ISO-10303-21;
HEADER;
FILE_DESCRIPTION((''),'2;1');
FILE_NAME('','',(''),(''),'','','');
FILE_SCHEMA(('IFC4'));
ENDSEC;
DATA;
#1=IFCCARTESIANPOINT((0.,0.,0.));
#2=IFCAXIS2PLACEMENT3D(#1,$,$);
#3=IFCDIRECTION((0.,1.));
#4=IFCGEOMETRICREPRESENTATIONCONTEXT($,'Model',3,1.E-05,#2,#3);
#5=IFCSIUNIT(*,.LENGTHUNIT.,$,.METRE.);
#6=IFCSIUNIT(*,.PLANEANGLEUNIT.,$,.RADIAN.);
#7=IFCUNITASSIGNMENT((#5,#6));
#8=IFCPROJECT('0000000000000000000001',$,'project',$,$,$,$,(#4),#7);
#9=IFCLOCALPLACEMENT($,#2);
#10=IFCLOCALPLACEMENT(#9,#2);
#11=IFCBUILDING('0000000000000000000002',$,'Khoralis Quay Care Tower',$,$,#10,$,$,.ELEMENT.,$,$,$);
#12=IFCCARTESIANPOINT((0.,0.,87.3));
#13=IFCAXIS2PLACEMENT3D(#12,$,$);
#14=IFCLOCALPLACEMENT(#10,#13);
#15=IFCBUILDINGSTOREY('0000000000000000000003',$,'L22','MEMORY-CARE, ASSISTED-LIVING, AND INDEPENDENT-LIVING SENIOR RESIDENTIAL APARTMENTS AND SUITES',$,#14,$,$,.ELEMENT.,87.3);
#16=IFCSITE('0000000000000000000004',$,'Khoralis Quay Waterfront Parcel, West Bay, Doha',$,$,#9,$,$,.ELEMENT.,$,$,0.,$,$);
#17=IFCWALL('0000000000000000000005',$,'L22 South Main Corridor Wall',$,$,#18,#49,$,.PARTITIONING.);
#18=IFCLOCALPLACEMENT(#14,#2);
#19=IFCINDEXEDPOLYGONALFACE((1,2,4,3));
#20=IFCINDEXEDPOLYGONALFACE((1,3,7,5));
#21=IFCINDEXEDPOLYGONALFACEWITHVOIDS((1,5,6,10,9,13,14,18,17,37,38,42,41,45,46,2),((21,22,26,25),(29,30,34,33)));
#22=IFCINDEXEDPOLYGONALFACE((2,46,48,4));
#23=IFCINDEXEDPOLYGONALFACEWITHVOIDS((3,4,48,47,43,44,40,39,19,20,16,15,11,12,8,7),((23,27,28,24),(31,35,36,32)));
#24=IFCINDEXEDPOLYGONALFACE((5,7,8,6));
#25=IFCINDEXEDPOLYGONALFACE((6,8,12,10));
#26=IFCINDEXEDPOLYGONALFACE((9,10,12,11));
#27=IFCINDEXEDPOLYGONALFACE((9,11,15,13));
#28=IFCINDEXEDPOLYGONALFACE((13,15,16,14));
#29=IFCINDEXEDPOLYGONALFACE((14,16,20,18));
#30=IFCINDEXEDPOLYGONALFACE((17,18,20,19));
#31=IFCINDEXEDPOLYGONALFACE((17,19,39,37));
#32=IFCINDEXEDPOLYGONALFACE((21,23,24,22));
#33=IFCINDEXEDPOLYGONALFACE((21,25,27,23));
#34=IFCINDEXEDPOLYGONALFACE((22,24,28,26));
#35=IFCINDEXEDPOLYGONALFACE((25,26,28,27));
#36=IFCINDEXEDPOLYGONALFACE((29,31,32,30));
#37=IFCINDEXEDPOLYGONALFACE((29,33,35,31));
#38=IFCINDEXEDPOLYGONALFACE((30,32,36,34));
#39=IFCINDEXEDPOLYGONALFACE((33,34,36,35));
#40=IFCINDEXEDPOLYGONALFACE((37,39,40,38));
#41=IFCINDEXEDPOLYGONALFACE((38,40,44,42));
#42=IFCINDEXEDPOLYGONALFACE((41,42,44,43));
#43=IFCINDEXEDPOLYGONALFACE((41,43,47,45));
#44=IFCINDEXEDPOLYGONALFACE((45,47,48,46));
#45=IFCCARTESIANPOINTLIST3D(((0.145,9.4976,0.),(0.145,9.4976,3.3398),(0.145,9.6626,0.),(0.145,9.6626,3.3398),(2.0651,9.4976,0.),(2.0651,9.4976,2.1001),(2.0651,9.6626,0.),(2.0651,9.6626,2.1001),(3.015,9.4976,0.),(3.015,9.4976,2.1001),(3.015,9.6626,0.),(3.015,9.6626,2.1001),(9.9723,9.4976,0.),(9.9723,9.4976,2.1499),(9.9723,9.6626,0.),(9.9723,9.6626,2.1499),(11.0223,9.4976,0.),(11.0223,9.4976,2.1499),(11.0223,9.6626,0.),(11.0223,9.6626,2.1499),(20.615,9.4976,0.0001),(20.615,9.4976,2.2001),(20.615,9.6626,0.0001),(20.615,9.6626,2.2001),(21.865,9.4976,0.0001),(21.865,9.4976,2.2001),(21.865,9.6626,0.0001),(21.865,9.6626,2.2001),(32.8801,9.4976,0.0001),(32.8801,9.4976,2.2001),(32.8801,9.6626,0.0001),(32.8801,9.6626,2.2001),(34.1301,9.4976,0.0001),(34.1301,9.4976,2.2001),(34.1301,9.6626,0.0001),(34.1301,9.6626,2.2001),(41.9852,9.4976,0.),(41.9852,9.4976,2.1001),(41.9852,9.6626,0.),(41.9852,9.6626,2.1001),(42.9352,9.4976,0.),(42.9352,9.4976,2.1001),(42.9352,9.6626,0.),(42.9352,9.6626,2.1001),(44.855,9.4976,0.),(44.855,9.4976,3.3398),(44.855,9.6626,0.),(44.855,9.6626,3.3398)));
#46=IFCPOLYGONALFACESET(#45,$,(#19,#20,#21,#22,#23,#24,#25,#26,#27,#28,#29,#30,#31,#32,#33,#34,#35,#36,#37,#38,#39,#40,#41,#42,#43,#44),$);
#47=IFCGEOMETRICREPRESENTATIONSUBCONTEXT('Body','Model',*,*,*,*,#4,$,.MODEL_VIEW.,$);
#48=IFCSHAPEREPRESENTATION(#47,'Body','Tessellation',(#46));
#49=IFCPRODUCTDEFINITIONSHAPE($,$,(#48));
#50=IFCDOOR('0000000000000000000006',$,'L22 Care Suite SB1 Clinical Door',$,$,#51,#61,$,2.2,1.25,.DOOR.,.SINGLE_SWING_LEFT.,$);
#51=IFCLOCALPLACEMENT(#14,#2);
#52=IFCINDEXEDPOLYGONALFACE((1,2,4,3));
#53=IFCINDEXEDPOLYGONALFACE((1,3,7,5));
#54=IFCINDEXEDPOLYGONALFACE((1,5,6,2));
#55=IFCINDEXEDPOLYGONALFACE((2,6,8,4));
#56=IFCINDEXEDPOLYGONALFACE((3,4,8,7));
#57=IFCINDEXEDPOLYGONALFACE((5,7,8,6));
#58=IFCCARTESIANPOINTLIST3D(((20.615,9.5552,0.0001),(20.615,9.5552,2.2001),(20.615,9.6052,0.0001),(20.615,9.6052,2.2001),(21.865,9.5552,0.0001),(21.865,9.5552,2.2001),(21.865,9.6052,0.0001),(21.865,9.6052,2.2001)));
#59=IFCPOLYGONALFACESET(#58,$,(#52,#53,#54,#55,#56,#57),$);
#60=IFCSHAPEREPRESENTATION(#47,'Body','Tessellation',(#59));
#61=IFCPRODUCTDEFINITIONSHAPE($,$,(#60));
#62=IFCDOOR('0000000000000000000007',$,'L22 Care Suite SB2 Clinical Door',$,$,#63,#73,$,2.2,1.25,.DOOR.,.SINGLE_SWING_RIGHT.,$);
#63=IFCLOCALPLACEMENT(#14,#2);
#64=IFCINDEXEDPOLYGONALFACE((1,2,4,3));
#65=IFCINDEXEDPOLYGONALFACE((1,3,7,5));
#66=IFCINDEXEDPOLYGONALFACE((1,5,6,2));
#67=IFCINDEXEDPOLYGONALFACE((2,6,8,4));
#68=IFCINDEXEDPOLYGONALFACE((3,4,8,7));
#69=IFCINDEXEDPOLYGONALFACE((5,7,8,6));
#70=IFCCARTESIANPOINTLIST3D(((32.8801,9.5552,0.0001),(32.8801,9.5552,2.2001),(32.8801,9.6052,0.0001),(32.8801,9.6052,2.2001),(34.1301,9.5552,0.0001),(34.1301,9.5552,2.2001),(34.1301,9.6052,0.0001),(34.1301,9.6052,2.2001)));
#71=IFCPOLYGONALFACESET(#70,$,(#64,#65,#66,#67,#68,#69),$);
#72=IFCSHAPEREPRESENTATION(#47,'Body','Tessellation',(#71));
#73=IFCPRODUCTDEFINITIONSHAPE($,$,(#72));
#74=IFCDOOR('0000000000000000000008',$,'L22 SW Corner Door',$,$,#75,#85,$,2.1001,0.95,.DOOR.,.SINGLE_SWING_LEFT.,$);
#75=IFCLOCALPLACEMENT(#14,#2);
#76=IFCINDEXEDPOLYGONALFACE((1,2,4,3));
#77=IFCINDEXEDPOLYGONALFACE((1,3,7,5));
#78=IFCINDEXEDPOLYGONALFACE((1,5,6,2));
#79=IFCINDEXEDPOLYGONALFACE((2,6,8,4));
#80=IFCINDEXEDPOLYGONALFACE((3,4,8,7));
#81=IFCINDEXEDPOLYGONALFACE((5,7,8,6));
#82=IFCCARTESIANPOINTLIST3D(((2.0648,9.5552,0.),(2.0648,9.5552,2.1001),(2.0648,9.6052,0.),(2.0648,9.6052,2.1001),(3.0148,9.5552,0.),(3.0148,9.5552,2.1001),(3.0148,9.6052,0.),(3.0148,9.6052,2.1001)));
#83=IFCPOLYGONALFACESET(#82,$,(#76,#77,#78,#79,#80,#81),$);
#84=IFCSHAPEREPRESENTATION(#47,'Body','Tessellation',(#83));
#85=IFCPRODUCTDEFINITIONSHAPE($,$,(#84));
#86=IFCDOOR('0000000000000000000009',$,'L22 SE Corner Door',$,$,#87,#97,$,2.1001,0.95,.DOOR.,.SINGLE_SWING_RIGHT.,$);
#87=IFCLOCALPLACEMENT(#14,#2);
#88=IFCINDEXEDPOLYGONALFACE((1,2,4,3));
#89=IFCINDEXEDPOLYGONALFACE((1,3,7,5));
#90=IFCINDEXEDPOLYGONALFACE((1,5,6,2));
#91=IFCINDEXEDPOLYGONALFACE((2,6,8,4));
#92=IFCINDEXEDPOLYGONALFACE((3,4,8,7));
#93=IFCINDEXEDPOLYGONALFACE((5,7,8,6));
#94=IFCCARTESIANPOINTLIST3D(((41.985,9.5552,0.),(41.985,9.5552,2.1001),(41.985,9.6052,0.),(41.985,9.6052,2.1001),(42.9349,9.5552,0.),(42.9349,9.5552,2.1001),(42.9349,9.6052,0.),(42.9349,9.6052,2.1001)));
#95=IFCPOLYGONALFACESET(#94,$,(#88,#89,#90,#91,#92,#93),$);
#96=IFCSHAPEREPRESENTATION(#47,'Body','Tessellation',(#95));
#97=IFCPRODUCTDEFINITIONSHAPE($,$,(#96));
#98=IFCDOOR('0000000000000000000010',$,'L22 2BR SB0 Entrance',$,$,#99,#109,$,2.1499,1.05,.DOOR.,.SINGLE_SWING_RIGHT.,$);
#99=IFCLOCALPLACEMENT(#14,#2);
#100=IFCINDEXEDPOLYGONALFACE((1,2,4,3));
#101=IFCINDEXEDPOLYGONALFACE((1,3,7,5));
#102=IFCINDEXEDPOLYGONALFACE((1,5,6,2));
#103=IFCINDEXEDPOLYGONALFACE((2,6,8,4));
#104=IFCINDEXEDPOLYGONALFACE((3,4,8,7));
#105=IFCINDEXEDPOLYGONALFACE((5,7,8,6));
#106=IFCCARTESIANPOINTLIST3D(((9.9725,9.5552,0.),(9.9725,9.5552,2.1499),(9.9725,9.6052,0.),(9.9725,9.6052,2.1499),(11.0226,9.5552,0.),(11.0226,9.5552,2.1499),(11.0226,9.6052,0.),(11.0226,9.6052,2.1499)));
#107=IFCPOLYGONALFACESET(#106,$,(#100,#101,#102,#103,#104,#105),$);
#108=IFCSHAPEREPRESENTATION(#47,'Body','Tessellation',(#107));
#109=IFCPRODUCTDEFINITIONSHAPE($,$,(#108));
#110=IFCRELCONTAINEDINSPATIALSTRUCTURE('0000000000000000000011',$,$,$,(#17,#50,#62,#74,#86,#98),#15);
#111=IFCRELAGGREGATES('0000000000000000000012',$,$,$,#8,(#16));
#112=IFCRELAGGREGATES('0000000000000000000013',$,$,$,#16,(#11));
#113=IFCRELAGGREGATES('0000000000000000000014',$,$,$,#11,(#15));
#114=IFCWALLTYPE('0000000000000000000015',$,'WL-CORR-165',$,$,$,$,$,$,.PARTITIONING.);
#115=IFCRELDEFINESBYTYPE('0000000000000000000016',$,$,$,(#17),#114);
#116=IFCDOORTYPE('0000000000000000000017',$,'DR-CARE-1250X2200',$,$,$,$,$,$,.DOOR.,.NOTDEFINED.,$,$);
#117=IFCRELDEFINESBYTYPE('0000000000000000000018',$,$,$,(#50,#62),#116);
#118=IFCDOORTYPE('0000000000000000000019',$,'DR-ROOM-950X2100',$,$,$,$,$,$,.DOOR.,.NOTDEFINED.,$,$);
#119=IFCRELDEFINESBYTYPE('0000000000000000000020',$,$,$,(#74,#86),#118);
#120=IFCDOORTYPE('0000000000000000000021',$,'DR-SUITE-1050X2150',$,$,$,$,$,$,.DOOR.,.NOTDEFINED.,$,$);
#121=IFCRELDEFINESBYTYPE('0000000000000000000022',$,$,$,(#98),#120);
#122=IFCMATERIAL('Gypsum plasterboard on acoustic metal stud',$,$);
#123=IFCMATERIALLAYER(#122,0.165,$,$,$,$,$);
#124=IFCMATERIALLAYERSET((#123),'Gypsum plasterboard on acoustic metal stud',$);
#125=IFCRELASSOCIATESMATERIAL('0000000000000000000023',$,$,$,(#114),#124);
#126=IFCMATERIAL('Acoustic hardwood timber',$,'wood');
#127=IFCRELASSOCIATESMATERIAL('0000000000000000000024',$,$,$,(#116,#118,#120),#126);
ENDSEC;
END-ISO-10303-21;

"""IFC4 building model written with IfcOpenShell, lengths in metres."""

from ifc_helpers import new_model, si_unit, direction, frame, frame_2d, origin, place, context, subcontext, project, spatial, rectangle, extrude, source, transform, mapped, material, layer, layer_set, type_object, element, fill, save


model = new_model("IFC4")

# Units and contexts
model_context = context("Model", 3, precision=1e-05, world=origin(), true_north=direction((0.0, 1.0)))
body_context = subcontext(model_context, "Body", "Model", "MODEL_VIEW")
ifc_project = project(units=[si_unit("LENGTHUNIT", "METRE"), si_unit("PLANEANGLEUNIT", "RADIAN")], contexts=[model_context])

# Site, building, storey
site_placement = place(None, origin())
site = spatial("IfcSite", under=ifc_project, at=site_placement, Name="Khoralis Quay Waterfront Parcel, West Bay, Doha", CompositionType="ELEMENT", RefElevation=0.0)
building_placement = place(site_placement, origin())
building = spatial("IfcBuilding", under=site, at=building_placement, Name="Khoralis Quay Care Tower", CompositionType="ELEMENT")
storey_placement = place(building_placement, frame((0.0, 0.0, 87.3)))
storey = spatial("IfcBuildingStorey", under=building, at=storey_placement, Name="L22", Description="MEMORY-CARE, ASSISTED-LIVING, AND INDEPENDENT-LIVING SENIOR RESIDENTIAL APARTMENTS AND SUITES", CompositionType="ELEMENT", Elevation=87.3)

# Wall, openings, doors
ifc_material_1 = material(Name="Gypsum plasterboard on acoustic metal stud")
ifc_layer_1 = layer(ifc_material_1, 0.165)
ifc_layer_set_1 = layer_set([ifc_layer_1], Name="Gypsum plasterboard on acoustic metal stud")
wall_type_1 = type_object("IfcWallType", Name="WL-CORR-165", PredefinedType="PARTITIONING", material=ifc_layer_set_1)
wall_1_placement = place(storey_placement, frame((0.145, 9.5801, 0.0), z_axis=(0.0, 0.0, 1.0), x_axis=(1.0, 0.0, 0.0)))
wall_1 = element("IfcWall", 1, at=wall_1_placement, inside=storey, type_object=wall_type_1, Name="L22 South Main Corridor Wall", PredefinedType="PARTITIONING", context=body_context, shape_type="SweptSolid", body=[
    extrude(rectangle(XDim=44.71, YDim=0.165, at=frame_2d((22.355, 0.0))), origin(), (0.0, 0.0, 1.0), 3.3398),
])
opening_1_placement = place(wall_1_placement, frame((9.8274, 0.0, 0.0)))
opening_1 = element("IfcOpeningElement", 2, at=opening_1_placement, cuts=wall_1, PredefinedType="OPENING", context=body_context, shape_type="SweptSolid", body=[
    extrude(rectangle(XDim=1.05, YDim=2.1499, at=frame_2d((0.5249, 1.075))), frame((0.0, 0.0925, 0.0), z_axis=(0.0, -1.0, 0.0), x_axis=(1.0, 0.0, 0.0)), (0.0, 0.0, 1.0), 0.1851),
])
opening_2_placement = place(wall_1_placement, frame((20.47, 0.0, 0.0)))
opening_2 = element("IfcOpeningElement", 3, at=opening_2_placement, cuts=wall_1, PredefinedType="OPENING", context=body_context, shape_type="SweptSolid", body=[
    extrude(rectangle(XDim=1.25, YDim=2.2, at=frame_2d((0.625, 1.1001))), frame((0.0, 0.0925, 0.0), z_axis=(0.0, -1.0, 0.0), x_axis=(1.0, 0.0, 0.0)), (0.0, 0.0, 1.0), 0.1851),
])
opening_3_placement = place(wall_1_placement, frame((32.7351, 0.0, 0.0)))
opening_3 = element("IfcOpeningElement", 4, at=opening_3_placement, cuts=wall_1, PredefinedType="OPENING", context=body_context, shape_type="SweptSolid", body=[
    extrude(rectangle(XDim=1.25, YDim=2.2, at=frame_2d((0.625, 1.1001))), frame((0.0, 0.0925, 0.0), z_axis=(0.0, -1.0, 0.0), x_axis=(1.0, 0.0, 0.0)), (0.0, 0.0, 1.0), 0.1851),
])
opening_4_placement = place(wall_1_placement, frame((1.9199, 0.0, 0.0)))
opening_4 = element("IfcOpeningElement", 5, at=opening_4_placement, cuts=wall_1, PredefinedType="OPENING", context=body_context, shape_type="SweptSolid", body=[
    extrude(rectangle(XDim=0.95, YDim=2.1001, at=frame_2d((0.4751, 1.05))), frame((0.0, 0.0925, 0.0), z_axis=(0.0, -1.0, 0.0), x_axis=(1.0, 0.0, 0.0)), (0.0, 0.0, 1.0), 0.1851),
])
opening_5_placement = place(wall_1_placement, frame((41.8401, 0.0, 0.0)))
opening_5 = element("IfcOpeningElement", 6, at=opening_5_placement, cuts=wall_1, PredefinedType="OPENING", context=body_context, shape_type="SweptSolid", body=[
    extrude(rectangle(XDim=0.95, YDim=2.1001, at=frame_2d((0.4751, 1.05))), frame((0.0, 0.0925, 0.0), z_axis=(0.0, -1.0, 0.0), x_axis=(1.0, 0.0, 0.0)), (0.0, 0.0, 1.0), 0.1851),
])
ifc_material_2 = material(Name="Acoustic hardwood timber", Category="wood")
door_type_1 = type_object("IfcDoorType", Name="DR-CARE-1250X2200", OperationType="NOTDEFINED", PredefinedType="DOOR", material=ifc_material_2)
shared_shape_1 = source(origin(), body_context, "Body", "SweptSolid", [
    extrude(rectangle(XDim=1.25, YDim=2.2, at=frame_2d((0.625, 1.1001))), frame((0.0, 0.0249, 0.0), z_axis=(0.0, -1.0, 0.0), x_axis=(1.0, 0.0, 0.0)), (0.0, 0.0, 1.0), 0.05),
])
door_1_placement = place(opening_2_placement, frame((1.25, 0.0, 0.0), z_axis=(0.0, 0.0, 1.0), x_axis=(-1.0, 0.0, 0.0)))
door_1 = element("IfcDoor", 7, at=door_1_placement, inside=storey, type_object=door_type_1, Name="L22 Care Suite SB1 Clinical Door", OperationType="SINGLE_SWING_LEFT", OverallHeight=2.2, OverallWidth=1.25, PredefinedType="DOOR", context=body_context, shape_type="MappedRepresentation", body=[
    mapped(shared_shape_1, transform((0.0, 0.0, 0.0), scale=1.0)),
])
fill(opening_2, door_1)
door_2_placement = place(opening_3_placement, frame((1.25, 0.0, 0.0), z_axis=(0.0, 0.0, 1.0), x_axis=(-1.0, 0.0, 0.0)))
door_2 = element("IfcDoor", 8, at=door_2_placement, inside=storey, type_object=door_type_1, Name="L22 Care Suite SB2 Clinical Door", OperationType="SINGLE_SWING_RIGHT", OverallHeight=2.2, OverallWidth=1.25, PredefinedType="DOOR", context=body_context, shape_type="MappedRepresentation", body=[
    mapped(shared_shape_1, transform((0.0, 0.0, 0.0), scale=1.0)),
])
fill(opening_3, door_2)
door_type_2 = type_object("IfcDoorType", Name="DR-ROOM-950X2100", OperationType="NOTDEFINED", PredefinedType="DOOR", material=ifc_material_2)
shared_shape_2 = source(origin(), body_context, "Body", "SweptSolid", [
    extrude(rectangle(XDim=0.95, YDim=2.1001, at=frame_2d((0.4751, 1.05))), frame((0.0, 0.0249, 0.0), z_axis=(0.0, -1.0, 0.0), x_axis=(1.0, 0.0, 0.0)), (0.0, 0.0, 1.0), 0.05),
])
door_3_placement = place(opening_4_placement, frame((0.95, 0.0, 0.0), z_axis=(0.0, 0.0, 1.0), x_axis=(-1.0, 0.0, 0.0)))
door_3 = element("IfcDoor", 9, at=door_3_placement, inside=storey, type_object=door_type_2, Name="L22 SW Corner Door", OperationType="SINGLE_SWING_LEFT", OverallHeight=2.1001, OverallWidth=0.95, PredefinedType="DOOR", context=body_context, shape_type="MappedRepresentation", body=[
    mapped(shared_shape_2, transform((0.0, 0.0, 0.0), scale=1.0)),
])
fill(opening_4, door_3)
door_4_placement = place(opening_5_placement, frame((0.95, 0.0, 0.0), z_axis=(0.0, 0.0, 1.0), x_axis=(-1.0, 0.0, 0.0)))
door_4 = element("IfcDoor", 10, at=door_4_placement, inside=storey, type_object=door_type_2, Name="L22 SE Corner Door", OperationType="SINGLE_SWING_RIGHT", OverallHeight=2.1001, OverallWidth=0.95, PredefinedType="DOOR", context=body_context, shape_type="MappedRepresentation", body=[
    mapped(shared_shape_2, transform((0.0, 0.0, 0.0), scale=1.0)),
])
fill(opening_5, door_4)
door_type_3 = type_object("IfcDoorType", Name="DR-SUITE-1050X2150", OperationType="NOTDEFINED", PredefinedType="DOOR", material=ifc_material_2)
shared_shape_3 = source(origin(), body_context, "Body", "SweptSolid", [
    extrude(rectangle(XDim=1.05, YDim=2.1499, at=frame_2d((0.5249, 1.075))), frame((0.0, 0.0249, 0.0), z_axis=(0.0, -1.0, 0.0), x_axis=(1.0, 0.0, 0.0)), (0.0, 0.0, 1.0), 0.05),
])
door_5_placement = place(opening_1_placement, frame((1.05, 0.0, 0.0), z_axis=(0.0, 0.0, 1.0), x_axis=(-1.0, 0.0, 0.0)))
door_5 = element("IfcDoor", 11, at=door_5_placement, inside=storey, type_object=door_type_3, Name="L22 2BR SB0 Entrance", OperationType="SINGLE_SWING_RIGHT", OverallHeight=2.1499, OverallWidth=1.05, PredefinedType="DOOR", context=body_context, shape_type="MappedRepresentation", body=[
    mapped(shared_shape_3, transform((0.0, 0.0, 0.0), scale=1.0)),
])
fill(opening_1, door_5)

save(model, "model.ifc")
